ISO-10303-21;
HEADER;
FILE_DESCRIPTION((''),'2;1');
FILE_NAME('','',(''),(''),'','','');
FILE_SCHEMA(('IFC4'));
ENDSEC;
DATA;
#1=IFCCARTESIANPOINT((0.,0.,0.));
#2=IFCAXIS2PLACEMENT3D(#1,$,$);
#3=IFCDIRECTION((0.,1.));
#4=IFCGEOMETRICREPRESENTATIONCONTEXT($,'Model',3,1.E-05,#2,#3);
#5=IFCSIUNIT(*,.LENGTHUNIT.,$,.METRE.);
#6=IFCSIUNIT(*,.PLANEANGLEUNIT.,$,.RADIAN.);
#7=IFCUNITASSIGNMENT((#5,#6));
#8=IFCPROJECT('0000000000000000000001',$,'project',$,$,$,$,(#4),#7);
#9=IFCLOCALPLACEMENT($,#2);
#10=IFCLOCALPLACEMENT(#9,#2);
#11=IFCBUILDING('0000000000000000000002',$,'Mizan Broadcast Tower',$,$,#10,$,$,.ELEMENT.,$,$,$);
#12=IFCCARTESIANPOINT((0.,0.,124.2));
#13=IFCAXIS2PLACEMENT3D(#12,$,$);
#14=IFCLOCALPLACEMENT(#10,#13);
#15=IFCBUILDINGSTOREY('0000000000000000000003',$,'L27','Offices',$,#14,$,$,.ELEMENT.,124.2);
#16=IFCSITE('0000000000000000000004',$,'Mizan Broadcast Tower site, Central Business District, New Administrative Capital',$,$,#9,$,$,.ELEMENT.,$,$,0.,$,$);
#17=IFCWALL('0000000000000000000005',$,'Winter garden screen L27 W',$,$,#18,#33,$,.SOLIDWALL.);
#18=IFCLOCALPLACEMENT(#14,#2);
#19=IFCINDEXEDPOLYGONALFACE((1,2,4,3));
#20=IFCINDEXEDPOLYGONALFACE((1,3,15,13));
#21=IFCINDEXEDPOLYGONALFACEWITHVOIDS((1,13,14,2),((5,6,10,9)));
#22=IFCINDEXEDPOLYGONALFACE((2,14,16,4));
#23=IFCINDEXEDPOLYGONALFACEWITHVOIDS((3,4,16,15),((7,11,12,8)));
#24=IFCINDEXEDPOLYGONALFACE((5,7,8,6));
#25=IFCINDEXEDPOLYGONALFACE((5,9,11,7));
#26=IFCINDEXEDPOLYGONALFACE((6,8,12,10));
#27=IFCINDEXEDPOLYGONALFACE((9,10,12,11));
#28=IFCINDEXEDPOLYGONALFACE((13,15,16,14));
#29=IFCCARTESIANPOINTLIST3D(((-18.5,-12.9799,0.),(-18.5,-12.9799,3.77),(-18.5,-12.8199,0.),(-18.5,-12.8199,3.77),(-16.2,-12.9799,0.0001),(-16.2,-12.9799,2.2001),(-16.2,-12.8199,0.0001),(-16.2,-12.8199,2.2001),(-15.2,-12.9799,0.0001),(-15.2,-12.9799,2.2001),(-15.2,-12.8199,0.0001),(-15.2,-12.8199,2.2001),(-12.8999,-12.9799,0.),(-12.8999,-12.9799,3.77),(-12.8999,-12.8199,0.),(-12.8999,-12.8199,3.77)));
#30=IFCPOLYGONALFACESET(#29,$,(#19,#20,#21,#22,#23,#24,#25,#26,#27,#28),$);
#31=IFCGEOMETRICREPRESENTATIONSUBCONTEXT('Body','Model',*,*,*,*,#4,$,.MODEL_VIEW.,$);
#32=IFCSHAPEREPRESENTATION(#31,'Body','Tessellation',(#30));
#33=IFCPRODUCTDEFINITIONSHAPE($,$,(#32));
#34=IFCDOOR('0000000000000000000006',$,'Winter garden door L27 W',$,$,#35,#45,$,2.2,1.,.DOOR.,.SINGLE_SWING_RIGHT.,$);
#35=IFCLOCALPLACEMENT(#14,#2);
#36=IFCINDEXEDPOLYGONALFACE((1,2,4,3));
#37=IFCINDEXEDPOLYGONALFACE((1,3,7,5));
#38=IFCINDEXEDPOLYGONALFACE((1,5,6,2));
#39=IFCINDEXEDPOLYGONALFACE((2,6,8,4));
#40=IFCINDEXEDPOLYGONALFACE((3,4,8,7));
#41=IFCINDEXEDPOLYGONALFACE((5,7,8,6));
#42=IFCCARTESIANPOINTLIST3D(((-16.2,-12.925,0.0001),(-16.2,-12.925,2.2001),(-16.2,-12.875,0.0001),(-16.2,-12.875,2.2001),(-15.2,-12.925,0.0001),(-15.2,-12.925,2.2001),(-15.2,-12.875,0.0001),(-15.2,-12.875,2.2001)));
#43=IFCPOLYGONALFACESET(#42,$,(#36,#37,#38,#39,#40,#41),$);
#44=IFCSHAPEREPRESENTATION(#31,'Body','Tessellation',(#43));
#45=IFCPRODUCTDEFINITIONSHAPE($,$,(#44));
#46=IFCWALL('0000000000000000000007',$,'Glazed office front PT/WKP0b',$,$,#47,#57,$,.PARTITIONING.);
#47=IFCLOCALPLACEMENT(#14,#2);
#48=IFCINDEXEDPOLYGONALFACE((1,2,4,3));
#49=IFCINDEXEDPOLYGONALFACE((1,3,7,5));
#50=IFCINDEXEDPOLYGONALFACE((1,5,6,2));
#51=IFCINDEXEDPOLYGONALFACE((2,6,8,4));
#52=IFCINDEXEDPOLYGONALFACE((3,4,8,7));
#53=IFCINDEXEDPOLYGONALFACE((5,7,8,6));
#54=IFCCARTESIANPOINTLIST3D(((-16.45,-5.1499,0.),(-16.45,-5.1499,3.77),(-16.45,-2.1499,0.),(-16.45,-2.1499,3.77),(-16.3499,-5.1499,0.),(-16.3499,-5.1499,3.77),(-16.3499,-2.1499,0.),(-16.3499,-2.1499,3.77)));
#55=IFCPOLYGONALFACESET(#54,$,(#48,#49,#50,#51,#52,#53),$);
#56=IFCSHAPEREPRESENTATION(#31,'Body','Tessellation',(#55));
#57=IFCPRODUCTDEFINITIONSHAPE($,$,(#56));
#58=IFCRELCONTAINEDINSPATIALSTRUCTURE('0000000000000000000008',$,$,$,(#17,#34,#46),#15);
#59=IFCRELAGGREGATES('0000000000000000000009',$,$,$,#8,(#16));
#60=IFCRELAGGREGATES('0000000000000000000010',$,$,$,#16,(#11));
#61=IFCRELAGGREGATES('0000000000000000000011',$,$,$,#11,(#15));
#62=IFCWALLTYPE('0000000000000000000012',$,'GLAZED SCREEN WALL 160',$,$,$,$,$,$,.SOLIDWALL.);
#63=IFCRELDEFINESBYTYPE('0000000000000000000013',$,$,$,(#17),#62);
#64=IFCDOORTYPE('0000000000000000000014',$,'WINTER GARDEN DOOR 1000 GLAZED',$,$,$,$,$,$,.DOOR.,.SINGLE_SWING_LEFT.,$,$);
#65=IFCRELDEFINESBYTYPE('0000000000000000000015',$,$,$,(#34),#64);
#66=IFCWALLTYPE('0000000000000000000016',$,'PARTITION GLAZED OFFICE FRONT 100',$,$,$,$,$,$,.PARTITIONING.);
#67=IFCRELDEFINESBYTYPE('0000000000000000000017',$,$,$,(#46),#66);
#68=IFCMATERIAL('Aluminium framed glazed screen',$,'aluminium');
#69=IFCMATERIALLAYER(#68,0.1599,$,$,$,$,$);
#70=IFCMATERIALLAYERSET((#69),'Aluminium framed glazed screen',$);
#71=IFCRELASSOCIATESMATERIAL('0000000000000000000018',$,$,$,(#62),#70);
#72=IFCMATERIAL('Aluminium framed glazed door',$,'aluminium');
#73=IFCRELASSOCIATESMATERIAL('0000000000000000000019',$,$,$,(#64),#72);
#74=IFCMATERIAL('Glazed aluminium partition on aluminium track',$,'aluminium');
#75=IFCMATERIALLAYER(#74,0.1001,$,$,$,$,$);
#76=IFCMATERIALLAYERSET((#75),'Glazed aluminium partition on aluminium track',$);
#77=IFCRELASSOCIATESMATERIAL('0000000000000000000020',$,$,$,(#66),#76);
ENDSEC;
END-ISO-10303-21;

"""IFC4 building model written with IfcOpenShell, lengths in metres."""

from ifc_helpers import new_model, si_unit, direction, frame, frame_2d, origin, place, context, subcontext, project, spatial, rectangle, extrude, material, layer, layer_set, type_object, element, fill, save


model = new_model("IFC4")

# Units and contexts
model_context = context("Model", 3, precision=1e-05, world=origin(), true_north=direction((0.0, 1.0)))
body_context = subcontext(model_context, "Body", "Model", "MODEL_VIEW")
ifc_project = project(units=[si_unit("LENGTHUNIT", "METRE"), si_unit("PLANEANGLEUNIT", "RADIAN")], contexts=[model_context])

# Site, building, storey
site_placement = place(None, origin())
site = spatial("IfcSite", under=ifc_project, at=site_placement, Name="Mizan Broadcast Tower site, Central Business District, New Administrative Capital", CompositionType="ELEMENT", RefElevation=0.0)
building_placement = place(site_placement, origin())
building = spatial("IfcBuilding", under=site, at=building_placement, Name="Mizan Broadcast Tower", CompositionType="ELEMENT")
storey_placement = place(building_placement, frame((0.0, 0.0, 124.2)))
storey = spatial("IfcBuildingStorey", under=building, at=storey_placement, Name="L27", Description="Offices", CompositionType="ELEMENT", Elevation=124.2)

# Wall, opening, door
ifc_material_1 = material(Name="Aluminium framed glazed screen", Category="aluminium")
ifc_layer_1 = layer(ifc_material_1, 0.1599)
ifc_layer_set_1 = layer_set([ifc_layer_1], Name="Aluminium framed glazed screen")
wall_type_1 = type_object("IfcWallType", Name="GLAZED SCREEN WALL 160", PredefinedType="SOLIDWALL", material=ifc_layer_set_1)
wall_1_placement = place(storey_placement, frame((-18.5, -12.8999, 0.0), z_axis=(0.0, 0.0, 1.0), x_axis=(1.0, 0.0, 0.0)))
wall_1 = element("IfcWall", 1, at=wall_1_placement, inside=storey, type_object=wall_type_1, Name="Winter garden screen L27 W", PredefinedType="SOLIDWALL", context=body_context, shape_type="SweptSolid", body=[
    extrude(rectangle(XDim=5.6001, YDim=0.1599, at=frame_2d((2.8, 0.0))), origin(), (0.0, 0.0, 1.0), 3.77),
])
opening_placement = place(wall_1_placement, frame((2.3, 0.0, 0.0)))
opening = element("IfcOpeningElement", 2, at=opening_placement, cuts=wall_1, PredefinedType="OPENING", context=body_context, shape_type="SweptSolid", body=[
    extrude(rectangle(XDim=1.0, YDim=2.2, at=frame_2d((0.5, 1.1001))), frame((0.0, 0.0898, 0.0), z_axis=(0.0, -1.0, 0.0), x_axis=(1.0, 0.0, 0.0)), (0.0, 0.0, 1.0), 0.1799),
])
ifc_material_2 = material(Name="Aluminium framed glazed door", Category="aluminium")
door_type = type_object("IfcDoorType", Name="WINTER GARDEN DOOR 1000 GLAZED", OperationType="SINGLE_SWING_LEFT", PredefinedType="DOOR", material=ifc_material_2)
door_placement = place(opening_placement, origin())
door = element("IfcDoor", 3, at=door_placement, inside=storey, type_object=door_type, Name="Winter garden door L27 W", OperationType="SINGLE_SWING_RIGHT", OverallHeight=2.2, OverallWidth=1.0, PredefinedType="DOOR", context=body_context, shape_type="SweptSolid", body=[
    extrude(rectangle(XDim=1.0, YDim=2.2, at=frame_2d((0.5, 1.1001))), frame((0.0, 0.0249, 0.0), z_axis=(0.0, -1.0, 0.0), x_axis=(1.0, 0.0, 0.0)), (0.0, 0.0, 1.0), 0.05),
])
fill(opening, door)

# Wall
ifc_material_3 = material(Name="Glazed aluminium partition on aluminium track", Category="aluminium")
ifc_layer_2 = layer(ifc_material_3, 0.1001)
ifc_layer_set_2 = layer_set([ifc_layer_2], Name="Glazed aluminium partition on aluminium track")
wall_type_2 = type_object("IfcWallType", Name="PARTITION GLAZED OFFICE FRONT 100", PredefinedType="PARTITIONING", material=ifc_layer_set_2)
wall_2_placement = place(storey_placement, frame((-16.3999, -2.1499, 0.0), z_axis=(0.0, 0.0, 1.0), x_axis=(0.0, -1.0, 0.0)))
element("IfcWall", 4, at=wall_2_placement, inside=storey, type_object=wall_type_2, Name="Glazed office front PT/WKP0b", PredefinedType="PARTITIONING", context=body_context, shape_type="SweptSolid", body=[
    extrude(rectangle(XDim=3.0, YDim=0.1001, at=frame_2d((1.5, 0.0))), origin(), (0.0, 0.0, 1.0), 3.77),
])

save(model, "model.ifc")
